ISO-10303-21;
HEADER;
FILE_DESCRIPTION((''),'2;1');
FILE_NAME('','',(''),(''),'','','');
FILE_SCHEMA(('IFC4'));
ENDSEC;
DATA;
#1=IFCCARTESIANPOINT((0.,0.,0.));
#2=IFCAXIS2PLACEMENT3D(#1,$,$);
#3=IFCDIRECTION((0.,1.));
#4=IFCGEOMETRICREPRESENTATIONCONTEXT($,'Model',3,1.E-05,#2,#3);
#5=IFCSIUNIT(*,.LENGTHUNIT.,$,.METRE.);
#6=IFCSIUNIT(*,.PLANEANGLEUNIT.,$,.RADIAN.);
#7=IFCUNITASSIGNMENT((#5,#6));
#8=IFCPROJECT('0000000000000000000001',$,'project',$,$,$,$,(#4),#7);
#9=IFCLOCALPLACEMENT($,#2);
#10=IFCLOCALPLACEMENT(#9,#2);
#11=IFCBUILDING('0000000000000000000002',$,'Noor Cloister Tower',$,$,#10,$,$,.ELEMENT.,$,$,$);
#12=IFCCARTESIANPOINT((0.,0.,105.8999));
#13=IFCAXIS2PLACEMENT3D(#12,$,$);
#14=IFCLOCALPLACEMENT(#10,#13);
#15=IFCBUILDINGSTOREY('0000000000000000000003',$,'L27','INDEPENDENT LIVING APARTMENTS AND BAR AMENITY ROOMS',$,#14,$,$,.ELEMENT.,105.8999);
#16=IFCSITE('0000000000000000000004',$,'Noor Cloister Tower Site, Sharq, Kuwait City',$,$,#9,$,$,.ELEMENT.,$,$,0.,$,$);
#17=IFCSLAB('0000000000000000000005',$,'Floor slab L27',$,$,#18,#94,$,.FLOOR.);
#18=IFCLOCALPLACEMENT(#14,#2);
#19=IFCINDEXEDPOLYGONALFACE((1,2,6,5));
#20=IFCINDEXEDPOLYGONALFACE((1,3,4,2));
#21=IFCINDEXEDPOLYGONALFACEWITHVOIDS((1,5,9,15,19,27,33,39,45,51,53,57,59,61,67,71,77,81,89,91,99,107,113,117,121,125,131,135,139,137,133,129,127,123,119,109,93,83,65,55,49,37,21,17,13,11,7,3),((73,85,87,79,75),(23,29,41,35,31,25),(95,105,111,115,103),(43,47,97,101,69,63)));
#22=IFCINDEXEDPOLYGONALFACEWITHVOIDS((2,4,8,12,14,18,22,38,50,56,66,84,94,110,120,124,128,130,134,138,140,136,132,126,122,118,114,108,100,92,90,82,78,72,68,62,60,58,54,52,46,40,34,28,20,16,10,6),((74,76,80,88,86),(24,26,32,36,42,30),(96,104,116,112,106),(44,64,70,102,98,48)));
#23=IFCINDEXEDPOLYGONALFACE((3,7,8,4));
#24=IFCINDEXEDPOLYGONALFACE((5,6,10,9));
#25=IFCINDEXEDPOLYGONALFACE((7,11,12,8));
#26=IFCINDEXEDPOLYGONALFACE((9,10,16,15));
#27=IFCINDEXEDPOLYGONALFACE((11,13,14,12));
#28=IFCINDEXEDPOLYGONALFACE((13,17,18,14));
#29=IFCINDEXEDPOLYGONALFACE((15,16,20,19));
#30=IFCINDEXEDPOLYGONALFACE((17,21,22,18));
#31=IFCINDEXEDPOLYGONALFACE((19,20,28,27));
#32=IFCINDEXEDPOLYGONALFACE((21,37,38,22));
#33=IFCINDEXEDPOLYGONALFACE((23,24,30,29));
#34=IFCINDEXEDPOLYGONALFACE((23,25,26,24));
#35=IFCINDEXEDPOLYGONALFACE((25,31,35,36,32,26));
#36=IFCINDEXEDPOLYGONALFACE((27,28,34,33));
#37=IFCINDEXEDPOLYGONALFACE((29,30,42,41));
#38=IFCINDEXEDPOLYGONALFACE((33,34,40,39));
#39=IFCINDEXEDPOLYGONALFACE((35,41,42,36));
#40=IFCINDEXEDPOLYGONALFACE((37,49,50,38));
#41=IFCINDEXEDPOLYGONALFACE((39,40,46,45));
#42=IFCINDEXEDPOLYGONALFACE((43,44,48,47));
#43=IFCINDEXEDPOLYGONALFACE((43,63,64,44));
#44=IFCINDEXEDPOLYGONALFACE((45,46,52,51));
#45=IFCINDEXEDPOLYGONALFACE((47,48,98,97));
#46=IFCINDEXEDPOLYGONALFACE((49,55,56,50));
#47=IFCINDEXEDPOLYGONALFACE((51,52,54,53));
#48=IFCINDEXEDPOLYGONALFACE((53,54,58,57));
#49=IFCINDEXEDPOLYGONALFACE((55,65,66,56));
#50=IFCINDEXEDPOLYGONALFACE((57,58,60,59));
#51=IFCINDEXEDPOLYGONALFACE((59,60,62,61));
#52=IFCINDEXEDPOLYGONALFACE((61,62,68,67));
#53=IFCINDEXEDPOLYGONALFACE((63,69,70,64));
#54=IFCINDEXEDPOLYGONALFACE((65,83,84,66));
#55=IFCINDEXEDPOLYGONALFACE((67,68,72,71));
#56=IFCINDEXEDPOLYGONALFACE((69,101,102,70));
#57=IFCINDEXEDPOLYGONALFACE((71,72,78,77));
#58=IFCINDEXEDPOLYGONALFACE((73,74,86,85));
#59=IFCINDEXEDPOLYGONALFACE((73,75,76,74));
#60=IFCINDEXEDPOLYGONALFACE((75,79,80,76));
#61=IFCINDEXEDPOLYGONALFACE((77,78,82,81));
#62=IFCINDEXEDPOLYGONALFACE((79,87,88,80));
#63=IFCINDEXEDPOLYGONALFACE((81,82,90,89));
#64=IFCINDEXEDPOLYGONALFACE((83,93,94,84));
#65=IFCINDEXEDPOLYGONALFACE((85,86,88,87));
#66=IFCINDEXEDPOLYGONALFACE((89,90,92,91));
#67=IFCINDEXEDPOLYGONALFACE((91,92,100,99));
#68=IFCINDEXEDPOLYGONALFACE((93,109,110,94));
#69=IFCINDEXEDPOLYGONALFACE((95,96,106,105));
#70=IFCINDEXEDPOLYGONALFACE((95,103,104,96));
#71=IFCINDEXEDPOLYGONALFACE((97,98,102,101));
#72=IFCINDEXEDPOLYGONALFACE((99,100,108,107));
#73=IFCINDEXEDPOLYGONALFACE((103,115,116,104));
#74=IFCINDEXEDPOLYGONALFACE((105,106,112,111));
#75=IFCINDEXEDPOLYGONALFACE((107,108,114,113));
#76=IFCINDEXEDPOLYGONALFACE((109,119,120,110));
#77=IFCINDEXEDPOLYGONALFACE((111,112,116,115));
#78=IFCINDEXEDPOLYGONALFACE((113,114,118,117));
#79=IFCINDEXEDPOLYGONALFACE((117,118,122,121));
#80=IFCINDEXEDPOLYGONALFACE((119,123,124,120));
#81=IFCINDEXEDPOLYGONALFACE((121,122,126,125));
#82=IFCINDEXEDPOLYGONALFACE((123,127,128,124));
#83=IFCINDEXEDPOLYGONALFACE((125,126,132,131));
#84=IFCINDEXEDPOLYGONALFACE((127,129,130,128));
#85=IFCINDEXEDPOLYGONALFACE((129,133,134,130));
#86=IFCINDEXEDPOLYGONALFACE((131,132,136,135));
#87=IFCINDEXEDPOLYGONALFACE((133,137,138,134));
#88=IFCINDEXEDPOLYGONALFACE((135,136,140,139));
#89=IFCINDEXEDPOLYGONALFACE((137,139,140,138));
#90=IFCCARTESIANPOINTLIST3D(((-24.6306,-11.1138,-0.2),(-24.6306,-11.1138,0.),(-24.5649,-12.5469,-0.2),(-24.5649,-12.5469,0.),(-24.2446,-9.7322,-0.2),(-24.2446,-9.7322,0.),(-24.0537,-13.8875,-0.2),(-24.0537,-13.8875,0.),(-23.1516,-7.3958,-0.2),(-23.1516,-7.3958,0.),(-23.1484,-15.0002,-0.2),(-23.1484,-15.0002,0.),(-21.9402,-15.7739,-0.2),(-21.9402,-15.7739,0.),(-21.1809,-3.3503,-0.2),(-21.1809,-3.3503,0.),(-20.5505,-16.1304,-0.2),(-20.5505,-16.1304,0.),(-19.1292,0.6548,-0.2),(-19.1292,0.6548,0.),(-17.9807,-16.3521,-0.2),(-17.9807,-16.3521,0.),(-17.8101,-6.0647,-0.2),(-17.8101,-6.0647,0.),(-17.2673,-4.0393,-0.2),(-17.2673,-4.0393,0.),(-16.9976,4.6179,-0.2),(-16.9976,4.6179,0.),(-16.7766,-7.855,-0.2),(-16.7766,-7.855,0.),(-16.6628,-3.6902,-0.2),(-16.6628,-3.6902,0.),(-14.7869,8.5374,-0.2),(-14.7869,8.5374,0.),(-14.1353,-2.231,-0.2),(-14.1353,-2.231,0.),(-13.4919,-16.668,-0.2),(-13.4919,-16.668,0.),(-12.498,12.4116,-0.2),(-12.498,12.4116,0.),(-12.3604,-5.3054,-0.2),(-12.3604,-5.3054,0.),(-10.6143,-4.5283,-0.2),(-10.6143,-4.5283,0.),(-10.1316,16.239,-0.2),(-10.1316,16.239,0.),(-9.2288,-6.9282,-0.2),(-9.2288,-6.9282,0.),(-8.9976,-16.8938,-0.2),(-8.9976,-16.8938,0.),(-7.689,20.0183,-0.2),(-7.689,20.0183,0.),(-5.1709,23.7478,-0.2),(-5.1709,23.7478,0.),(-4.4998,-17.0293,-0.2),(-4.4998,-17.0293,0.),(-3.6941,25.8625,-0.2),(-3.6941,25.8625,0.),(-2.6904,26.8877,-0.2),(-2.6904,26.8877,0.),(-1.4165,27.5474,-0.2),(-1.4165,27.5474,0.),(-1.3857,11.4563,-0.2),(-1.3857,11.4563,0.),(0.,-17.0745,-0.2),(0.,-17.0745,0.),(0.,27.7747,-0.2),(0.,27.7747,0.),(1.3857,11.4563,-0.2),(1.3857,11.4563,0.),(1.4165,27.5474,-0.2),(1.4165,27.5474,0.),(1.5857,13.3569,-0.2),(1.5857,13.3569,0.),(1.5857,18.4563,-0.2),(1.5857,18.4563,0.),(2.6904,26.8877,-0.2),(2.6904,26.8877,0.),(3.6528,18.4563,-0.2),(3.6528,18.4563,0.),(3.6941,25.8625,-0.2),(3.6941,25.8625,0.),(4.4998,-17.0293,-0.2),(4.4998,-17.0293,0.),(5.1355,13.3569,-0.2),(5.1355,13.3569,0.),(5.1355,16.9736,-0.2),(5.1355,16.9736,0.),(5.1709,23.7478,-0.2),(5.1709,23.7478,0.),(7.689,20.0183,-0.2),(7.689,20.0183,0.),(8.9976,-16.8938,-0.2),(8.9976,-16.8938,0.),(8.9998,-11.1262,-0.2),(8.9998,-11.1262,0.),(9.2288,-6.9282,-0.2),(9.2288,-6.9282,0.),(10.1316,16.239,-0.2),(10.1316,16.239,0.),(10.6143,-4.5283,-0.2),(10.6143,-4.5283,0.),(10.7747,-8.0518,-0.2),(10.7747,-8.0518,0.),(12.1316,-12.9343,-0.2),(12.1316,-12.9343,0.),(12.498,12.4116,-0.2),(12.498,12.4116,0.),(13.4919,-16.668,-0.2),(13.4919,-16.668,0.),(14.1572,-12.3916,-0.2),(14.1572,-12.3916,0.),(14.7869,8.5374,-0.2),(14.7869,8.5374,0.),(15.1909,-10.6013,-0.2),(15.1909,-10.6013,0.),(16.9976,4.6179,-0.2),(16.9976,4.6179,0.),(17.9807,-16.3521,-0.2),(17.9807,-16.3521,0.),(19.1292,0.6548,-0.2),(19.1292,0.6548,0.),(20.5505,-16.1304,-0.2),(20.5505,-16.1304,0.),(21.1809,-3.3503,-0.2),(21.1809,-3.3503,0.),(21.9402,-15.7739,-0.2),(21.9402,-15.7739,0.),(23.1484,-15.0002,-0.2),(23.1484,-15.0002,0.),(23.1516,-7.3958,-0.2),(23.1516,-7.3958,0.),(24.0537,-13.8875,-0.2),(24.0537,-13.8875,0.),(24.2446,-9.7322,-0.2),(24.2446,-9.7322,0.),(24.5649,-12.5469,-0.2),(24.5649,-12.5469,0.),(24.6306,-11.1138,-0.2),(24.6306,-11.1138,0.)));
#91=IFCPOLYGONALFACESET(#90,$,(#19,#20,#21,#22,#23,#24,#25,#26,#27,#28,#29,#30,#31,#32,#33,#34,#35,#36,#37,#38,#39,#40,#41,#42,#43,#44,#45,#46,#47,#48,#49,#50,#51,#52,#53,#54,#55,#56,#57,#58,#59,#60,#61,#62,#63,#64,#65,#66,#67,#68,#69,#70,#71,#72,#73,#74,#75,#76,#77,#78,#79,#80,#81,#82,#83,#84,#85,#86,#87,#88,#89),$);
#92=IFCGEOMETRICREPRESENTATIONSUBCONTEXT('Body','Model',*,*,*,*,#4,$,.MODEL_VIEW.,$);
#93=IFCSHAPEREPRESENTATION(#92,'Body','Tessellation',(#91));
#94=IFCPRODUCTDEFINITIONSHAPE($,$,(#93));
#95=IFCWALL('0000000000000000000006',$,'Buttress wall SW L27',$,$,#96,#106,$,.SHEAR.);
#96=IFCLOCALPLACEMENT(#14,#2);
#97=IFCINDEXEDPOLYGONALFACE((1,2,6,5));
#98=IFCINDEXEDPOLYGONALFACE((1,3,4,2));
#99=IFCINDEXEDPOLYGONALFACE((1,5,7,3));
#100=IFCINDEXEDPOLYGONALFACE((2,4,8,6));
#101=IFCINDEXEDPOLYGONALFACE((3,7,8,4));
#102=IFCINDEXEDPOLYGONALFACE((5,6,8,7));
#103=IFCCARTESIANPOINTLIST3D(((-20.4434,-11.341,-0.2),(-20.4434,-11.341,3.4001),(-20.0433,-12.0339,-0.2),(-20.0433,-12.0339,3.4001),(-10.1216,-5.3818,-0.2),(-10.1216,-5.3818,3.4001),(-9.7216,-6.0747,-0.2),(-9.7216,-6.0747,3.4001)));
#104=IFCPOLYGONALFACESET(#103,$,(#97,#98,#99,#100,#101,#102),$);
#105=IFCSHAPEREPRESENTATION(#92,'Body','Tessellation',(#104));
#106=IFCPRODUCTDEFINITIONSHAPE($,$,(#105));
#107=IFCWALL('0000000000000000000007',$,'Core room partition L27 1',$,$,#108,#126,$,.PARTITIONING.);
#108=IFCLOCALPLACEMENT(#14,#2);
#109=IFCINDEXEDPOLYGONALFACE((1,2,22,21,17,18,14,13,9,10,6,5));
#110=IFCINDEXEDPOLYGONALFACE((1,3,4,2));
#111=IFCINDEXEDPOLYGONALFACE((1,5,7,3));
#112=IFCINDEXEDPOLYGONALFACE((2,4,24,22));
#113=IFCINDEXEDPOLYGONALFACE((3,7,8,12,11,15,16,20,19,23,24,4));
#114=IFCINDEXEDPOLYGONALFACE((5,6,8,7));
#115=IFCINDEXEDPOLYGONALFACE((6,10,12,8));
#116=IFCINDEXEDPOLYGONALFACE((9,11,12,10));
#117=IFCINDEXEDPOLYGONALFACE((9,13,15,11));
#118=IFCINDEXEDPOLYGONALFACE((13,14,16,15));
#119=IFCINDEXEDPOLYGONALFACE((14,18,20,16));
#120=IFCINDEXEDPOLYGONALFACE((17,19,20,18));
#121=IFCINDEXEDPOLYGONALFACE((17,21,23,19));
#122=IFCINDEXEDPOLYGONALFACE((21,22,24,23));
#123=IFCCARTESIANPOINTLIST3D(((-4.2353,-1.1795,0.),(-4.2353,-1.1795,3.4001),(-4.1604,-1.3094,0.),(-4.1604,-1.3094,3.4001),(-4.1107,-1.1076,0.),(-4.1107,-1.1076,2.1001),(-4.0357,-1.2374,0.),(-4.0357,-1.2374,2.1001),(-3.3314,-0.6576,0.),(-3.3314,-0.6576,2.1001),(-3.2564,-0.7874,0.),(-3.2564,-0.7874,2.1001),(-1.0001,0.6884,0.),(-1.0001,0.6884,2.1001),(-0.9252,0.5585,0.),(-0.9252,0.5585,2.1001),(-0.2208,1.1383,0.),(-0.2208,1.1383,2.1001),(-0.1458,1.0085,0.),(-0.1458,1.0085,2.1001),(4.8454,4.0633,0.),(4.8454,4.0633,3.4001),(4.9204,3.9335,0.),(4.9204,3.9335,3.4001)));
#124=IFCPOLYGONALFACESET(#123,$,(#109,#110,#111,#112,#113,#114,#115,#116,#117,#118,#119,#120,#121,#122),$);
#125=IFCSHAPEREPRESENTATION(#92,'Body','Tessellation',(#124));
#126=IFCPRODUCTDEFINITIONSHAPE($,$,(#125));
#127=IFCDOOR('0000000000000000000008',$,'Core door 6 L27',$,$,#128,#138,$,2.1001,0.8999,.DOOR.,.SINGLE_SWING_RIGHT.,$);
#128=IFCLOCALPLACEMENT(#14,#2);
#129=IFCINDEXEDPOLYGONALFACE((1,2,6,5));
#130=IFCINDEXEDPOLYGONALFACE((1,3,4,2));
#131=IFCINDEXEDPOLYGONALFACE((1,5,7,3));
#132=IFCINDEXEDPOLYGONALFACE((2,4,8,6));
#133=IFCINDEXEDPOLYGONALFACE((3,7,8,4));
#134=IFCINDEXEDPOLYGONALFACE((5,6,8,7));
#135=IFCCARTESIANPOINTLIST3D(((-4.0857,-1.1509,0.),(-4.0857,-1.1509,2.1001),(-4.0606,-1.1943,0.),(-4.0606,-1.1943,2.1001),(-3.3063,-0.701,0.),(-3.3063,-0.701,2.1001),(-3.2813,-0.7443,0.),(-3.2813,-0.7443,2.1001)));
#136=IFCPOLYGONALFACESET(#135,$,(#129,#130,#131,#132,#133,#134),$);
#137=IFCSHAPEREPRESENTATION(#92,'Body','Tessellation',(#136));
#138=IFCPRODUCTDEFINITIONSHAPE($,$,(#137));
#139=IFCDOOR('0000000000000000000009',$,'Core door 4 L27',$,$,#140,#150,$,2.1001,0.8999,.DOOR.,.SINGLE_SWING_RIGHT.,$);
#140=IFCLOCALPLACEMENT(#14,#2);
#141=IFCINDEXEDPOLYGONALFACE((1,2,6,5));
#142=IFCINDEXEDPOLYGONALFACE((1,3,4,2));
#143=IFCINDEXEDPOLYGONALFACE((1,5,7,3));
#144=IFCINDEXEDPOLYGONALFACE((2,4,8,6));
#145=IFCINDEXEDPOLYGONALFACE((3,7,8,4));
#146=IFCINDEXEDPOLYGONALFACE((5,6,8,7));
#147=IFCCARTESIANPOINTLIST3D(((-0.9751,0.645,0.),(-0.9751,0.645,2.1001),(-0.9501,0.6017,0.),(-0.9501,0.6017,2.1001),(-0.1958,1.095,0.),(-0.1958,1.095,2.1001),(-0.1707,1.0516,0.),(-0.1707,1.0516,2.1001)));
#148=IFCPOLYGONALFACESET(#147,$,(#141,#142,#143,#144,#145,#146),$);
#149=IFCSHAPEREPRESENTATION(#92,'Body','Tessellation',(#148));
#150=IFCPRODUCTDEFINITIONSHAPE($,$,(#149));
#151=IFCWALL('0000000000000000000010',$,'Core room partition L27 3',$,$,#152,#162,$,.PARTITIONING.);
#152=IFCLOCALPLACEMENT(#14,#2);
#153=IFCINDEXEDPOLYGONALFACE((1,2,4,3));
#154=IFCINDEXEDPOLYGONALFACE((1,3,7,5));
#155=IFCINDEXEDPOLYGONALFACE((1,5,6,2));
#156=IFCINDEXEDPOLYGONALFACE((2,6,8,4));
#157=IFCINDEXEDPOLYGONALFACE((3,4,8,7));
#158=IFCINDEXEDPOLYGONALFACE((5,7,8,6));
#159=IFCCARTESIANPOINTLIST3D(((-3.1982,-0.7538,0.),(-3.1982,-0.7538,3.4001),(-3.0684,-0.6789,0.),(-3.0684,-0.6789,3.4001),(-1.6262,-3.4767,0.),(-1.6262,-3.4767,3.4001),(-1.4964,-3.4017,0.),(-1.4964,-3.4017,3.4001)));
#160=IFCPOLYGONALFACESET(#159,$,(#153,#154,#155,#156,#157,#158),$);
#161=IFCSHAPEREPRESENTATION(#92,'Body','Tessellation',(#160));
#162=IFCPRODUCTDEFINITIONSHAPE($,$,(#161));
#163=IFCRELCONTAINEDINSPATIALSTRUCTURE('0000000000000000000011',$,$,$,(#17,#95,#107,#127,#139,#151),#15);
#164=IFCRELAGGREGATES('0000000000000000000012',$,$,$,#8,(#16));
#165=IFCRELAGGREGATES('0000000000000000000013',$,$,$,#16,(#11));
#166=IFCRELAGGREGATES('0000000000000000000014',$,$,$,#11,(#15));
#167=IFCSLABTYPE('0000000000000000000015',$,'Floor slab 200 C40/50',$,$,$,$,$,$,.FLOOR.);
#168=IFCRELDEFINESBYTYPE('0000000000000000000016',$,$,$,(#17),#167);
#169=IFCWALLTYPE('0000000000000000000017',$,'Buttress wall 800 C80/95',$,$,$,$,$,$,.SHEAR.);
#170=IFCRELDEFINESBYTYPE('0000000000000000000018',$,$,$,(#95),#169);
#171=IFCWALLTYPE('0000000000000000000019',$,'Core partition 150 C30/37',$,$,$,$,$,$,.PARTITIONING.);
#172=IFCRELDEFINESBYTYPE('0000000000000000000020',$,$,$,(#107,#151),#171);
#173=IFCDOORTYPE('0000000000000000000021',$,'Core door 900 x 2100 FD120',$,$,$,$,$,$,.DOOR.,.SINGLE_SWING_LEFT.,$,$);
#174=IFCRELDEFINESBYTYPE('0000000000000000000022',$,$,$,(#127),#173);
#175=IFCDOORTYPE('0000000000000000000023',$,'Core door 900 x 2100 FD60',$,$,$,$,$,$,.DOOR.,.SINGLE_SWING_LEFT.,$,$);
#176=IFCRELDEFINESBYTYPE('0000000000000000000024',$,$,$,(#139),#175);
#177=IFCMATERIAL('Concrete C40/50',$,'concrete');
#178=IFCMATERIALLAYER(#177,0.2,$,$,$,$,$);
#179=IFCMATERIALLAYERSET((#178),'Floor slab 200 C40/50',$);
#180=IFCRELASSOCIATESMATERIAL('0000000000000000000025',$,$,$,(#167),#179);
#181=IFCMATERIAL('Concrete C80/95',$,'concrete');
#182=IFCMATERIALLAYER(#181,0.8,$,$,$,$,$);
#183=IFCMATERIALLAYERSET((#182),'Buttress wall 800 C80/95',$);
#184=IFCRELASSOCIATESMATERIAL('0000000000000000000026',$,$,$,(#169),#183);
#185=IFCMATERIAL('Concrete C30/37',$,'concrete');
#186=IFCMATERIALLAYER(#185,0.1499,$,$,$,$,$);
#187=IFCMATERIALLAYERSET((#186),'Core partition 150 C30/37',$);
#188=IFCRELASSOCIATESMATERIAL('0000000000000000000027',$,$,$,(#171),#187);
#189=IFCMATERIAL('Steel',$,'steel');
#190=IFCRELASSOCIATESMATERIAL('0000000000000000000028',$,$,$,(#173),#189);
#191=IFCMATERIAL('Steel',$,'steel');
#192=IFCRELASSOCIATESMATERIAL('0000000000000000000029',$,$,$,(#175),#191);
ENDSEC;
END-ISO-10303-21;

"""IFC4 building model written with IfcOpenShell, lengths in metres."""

from ifc_helpers import new_model, si_unit, direction, frame, frame_2d, origin, place, context, subcontext, project, spatial, polyline, rectangle, outline, extrude, material, layer, layer_set, type_object, element, fill, save


model = new_model("IFC4")

# Units and contexts
model_context = context("Model", 3, precision=1e-05, world=origin(), true_north=direction((0.0, 1.0)))
body_context = subcontext(model_context, "Body", "Model", "MODEL_VIEW")
ifc_project = project(units=[si_unit("LENGTHUNIT", "METRE"), si_unit("PLANEANGLEUNIT", "RADIAN")], contexts=[model_context])

# Site, building, storey
site_placement = place(None, origin())
site = spatial("IfcSite", under=ifc_project, at=site_placement, Name="Noor Cloister Tower Site, Sharq, Kuwait City", CompositionType="ELEMENT", RefElevation=0.0)
building_placement = place(site_placement, origin())
building = spatial("IfcBuilding", under=site, at=building_placement, Name="Noor Cloister Tower", CompositionType="ELEMENT")
storey_placement = place(building_placement, frame((0.0, 0.0, 105.8999)))
storey = spatial("IfcBuildingStorey", under=building, at=storey_placement, Name="L27", Description="INDEPENDENT LIVING APARTMENTS AND BAR AMENITY ROOMS", CompositionType="ELEMENT", Elevation=105.8999)

# Slab
ifc_material_1 = material(Name="Concrete C40/50", Category="concrete")
ifc_layer_1 = layer(ifc_material_1, 0.2)
ifc_layer_set_1 = layer_set([ifc_layer_1], Name="Floor slab 200 C40/50")
slab_type = type_object("IfcSlabType", Name="Floor slab 200 C40/50", PredefinedType="FLOOR", material=ifc_layer_set_1)
slab_placement = place(storey_placement, frame((0.0, 0.0, -0.2)))
element("IfcSlab", 1, at=slab_placement, inside=storey, type_object=slab_type, Name="Floor slab L27", PredefinedType="FLOOR", context=body_context, shape_type="SweptSolid", body=[
    extrude(outline(polyline([(3.6941, 25.8625), (2.6904, 26.8877), (1.4165, 27.5474), (0.0, 27.7747), (-1.4165, 27.5474), (-2.6904, 26.8877), (-3.6941, 25.8625), (-5.1709, 23.7478), (-7.689, 20.0183), (-10.1316, 16.239), (-12.498, 12.4116), (-14.7869, 8.5374), (-16.9976, 4.6179), (-19.1292, 0.6548), (-21.1809, -3.3503), (-23.1516, -7.3958), (-24.2446, -9.7322), (-24.6306, -11.1138), (-24.5649, -12.5469), (-24.0537, -13.8875), (-23.1484, -15.0002), (-21.9402, -15.7739), (-20.5505, -16.1304), (-17.9807, -16.3521), (-13.4919, -16.668), (-8.9976, -16.8938), (-4.4998, -17.0293), (0.0, -17.0745), (4.4998, -17.0293), (8.9976, -16.8938), (13.4919, -16.668), (17.9807, -16.3521), (20.5505, -16.1304), (21.9402, -15.7739), (23.1484, -15.0002), (24.0537, -13.8875), (24.5649, -12.5469), (24.6306, -11.1138), (24.2446, -9.7322), (23.1516, -7.3958), (21.1809, -3.3503), (19.1292, 0.6548), (16.9976, 4.6179), (14.7869, 8.5374), (12.498, 12.4116), (10.1316, 16.239), (7.689, 20.0183), (5.1709, 23.7478), (3.6941, 25.8625)]), holes=[polyline([(8.9998, -11.1262), (12.1316, -12.9343), (14.1572, -12.3916), (15.1909, -10.6013), (10.7747, -8.0518), (8.9998, -11.1262)]), polyline([(-17.8101, -6.0647), (-16.7766, -7.855), (-12.3604, -5.3054), (-14.1353, -2.231), (-16.6628, -3.6902), (-17.2673, -4.0393), (-17.8101, -6.0647)]), polyline([(-10.6143, -4.5283), (-9.2288, -6.9282), (9.2288, -6.9282), (10.6143, -4.5283), (1.3857, 11.4563), (-1.3857, 11.4563), (-10.6143, -4.5283)]), polyline([(3.6528, 18.4563), (1.5857, 18.4563), (1.5857, 13.3569), (5.1355, 13.3569), (5.1355, 16.9736), (3.6528, 18.4563)])]), origin(), (0.0, 0.0, 1.0), 0.2),
])

# Wall
ifc_material_2 = material(Name="Concrete C80/95", Category="concrete")
ifc_layer_2 = layer(ifc_material_2, 0.8)
ifc_layer_set_2 = layer_set([ifc_layer_2], Name="Buttress wall 800 C80/95")
wall_type_1 = type_object("IfcWallType", Name="Buttress wall 800 C80/95", PredefinedType="SHEAR", material=ifc_layer_set_2)
wall_1_placement = place(storey_placement, frame((-9.9216, -5.7283, -0.2), z_axis=(0.0, 0.0, 1.0), x_axis=(-0.866027, -0.499997, 0.0)))
element("IfcWall", 2, at=wall_1_placement, inside=storey, type_object=wall_type_1, Name="Buttress wall SW L27", PredefinedType="SHEAR", context=body_context, shape_type="SweptSolid", body=[
    extrude(rectangle(XDim=11.9185, YDim=0.8, at=frame_2d((5.9592, 0.0))), origin(), (0.0, 0.0, 1.0), 3.6001),
])

# Wall, openings, doors
ifc_material_3 = material(Name="Concrete C30/37", Category="concrete")
ifc_layer_3 = layer(ifc_material_3, 0.1499)
ifc_layer_set_3 = layer_set([ifc_layer_3], Name="Core partition 150 C30/37")
wall_type_2 = type_object("IfcWallType", Name="Core partition 150 C30/37", PredefinedType="PARTITIONING", material=ifc_layer_set_3)
wall_2_placement = place(storey_placement, frame((-4.1978, -1.2444, 0.0), z_axis=(0.0, 0.0, 1.0), x_axis=(0.866021, 0.500008, 0.0)))
wall_2 = element("IfcWall", 3, at=wall_2_placement, inside=storey, type_object=wall_type_2, Name="Core room partition L27 1", PredefinedType="PARTITIONING", context=body_context, shape_type="SweptSolid", body=[
    extrude(rectangle(XDim=10.4856, YDim=0.1499, at=frame_2d((5.2427, 0.0))), origin(), (0.0, 0.0, 1.0), 3.4001),
])
opening_1_placement = place(wall_2_placement, frame((3.7356, 0.0, 0.0)))
opening_1 = element("IfcOpeningElement", 4, at=opening_1_placement, cuts=wall_2, PredefinedType="OPENING", context=body_context, shape_type="SweptSolid", body=[
    extrude(rectangle(XDim=0.8999, YDim=2.1001, at=frame_2d((0.45, 1.05))), frame((0.0, 0.085, 0.0), z_axis=(0.0, -1.0, 0.0), x_axis=(1.0, 0.0, 0.0)), (0.0, 0.0, 1.0), 0.1699),
])
opening_2_placement = place(wall_2_placement, frame((0.1438, 0.0, 0.0)))
opening_2 = element("IfcOpeningElement", 5, at=opening_2_placement, cuts=wall_2, PredefinedType="OPENING", context=body_context, shape_type="SweptSolid", body=[
    extrude(rectangle(XDim=0.8999, YDim=2.1001, at=frame_2d((0.45, 1.05))), frame((0.0, 0.085, 0.0), z_axis=(0.0, -1.0, 0.0), x_axis=(1.0, 0.0, 0.0)), (0.0, 0.0, 1.0), 0.1699),
])
ifc_material_4 = material(Name="Steel", Category="steel")
door_type_1 = type_object("IfcDoorType", Name="Core door 900 x 2100 FD120", OperationType="SINGLE_SWING_LEFT", PredefinedType="DOOR", material=ifc_material_4)
door_1_placement = place(opening_2_placement, origin())
door_1 = element("IfcDoor", 6, at=door_1_placement, inside=storey, type_object=door_type_1, Name="Core door 6 L27", OperationType="SINGLE_SWING_RIGHT", OverallHeight=2.1001, OverallWidth=0.8999, PredefinedType="DOOR", context=body_context, shape_type="SweptSolid", body=[
    extrude(rectangle(XDim=0.8999, YDim=2.1001, at=frame_2d((0.45, 1.05))), frame((0.0, 0.0249, 0.0), z_axis=(0.0, -1.0, 0.0), x_axis=(1.0, 0.0, 0.0)), (0.0, 0.0, 1.0), 0.05),
])
fill(opening_2, door_1)
ifc_material_5 = material(Name="Steel", Category="steel")
door_type_2 = type_object("IfcDoorType", Name="Core door 900 x 2100 FD60", OperationType="SINGLE_SWING_LEFT", PredefinedType="DOOR", material=ifc_material_5)
door_2_placement = place(opening_1_placement, origin())
door_2 = element("IfcDoor", 7, at=door_2_placement, inside=storey, type_object=door_type_2, Name="Core door 4 L27", OperationType="SINGLE_SWING_RIGHT", OverallHeight=2.1001, OverallWidth=0.8999, PredefinedType="DOOR", context=body_context, shape_type="SweptSolid", body=[
    extrude(rectangle(XDim=0.8999, YDim=2.1001, at=frame_2d((0.45, 1.05))), frame((0.0, 0.0249, 0.0), z_axis=(0.0, -1.0, 0.0), x_axis=(1.0, 0.0, 0.0)), (0.0, 0.0, 1.0), 0.05),
])
fill(opening_1, door_2)

# Wall
wall_3_placement = place(storey_placement, frame((-1.5613, -3.4392, 0.0), z_axis=(0.0, 0.0, 1.0), x_axis=(-0.499989, 0.866032, 0.0)))
element("IfcWall", 8, at=wall_3_placement, inside=storey, type_object=wall_type_2, Name="Core room partition L27 3", PredefinedType="PARTITIONING", context=body_context, shape_type="SweptSolid", body=[
    extrude(rectangle(XDim=3.144, YDim=0.1499, at=frame_2d((1.572, 0.0))), origin(), (0.0, 0.0, 1.0), 3.4001),
])

save(model, "model.ifc")
